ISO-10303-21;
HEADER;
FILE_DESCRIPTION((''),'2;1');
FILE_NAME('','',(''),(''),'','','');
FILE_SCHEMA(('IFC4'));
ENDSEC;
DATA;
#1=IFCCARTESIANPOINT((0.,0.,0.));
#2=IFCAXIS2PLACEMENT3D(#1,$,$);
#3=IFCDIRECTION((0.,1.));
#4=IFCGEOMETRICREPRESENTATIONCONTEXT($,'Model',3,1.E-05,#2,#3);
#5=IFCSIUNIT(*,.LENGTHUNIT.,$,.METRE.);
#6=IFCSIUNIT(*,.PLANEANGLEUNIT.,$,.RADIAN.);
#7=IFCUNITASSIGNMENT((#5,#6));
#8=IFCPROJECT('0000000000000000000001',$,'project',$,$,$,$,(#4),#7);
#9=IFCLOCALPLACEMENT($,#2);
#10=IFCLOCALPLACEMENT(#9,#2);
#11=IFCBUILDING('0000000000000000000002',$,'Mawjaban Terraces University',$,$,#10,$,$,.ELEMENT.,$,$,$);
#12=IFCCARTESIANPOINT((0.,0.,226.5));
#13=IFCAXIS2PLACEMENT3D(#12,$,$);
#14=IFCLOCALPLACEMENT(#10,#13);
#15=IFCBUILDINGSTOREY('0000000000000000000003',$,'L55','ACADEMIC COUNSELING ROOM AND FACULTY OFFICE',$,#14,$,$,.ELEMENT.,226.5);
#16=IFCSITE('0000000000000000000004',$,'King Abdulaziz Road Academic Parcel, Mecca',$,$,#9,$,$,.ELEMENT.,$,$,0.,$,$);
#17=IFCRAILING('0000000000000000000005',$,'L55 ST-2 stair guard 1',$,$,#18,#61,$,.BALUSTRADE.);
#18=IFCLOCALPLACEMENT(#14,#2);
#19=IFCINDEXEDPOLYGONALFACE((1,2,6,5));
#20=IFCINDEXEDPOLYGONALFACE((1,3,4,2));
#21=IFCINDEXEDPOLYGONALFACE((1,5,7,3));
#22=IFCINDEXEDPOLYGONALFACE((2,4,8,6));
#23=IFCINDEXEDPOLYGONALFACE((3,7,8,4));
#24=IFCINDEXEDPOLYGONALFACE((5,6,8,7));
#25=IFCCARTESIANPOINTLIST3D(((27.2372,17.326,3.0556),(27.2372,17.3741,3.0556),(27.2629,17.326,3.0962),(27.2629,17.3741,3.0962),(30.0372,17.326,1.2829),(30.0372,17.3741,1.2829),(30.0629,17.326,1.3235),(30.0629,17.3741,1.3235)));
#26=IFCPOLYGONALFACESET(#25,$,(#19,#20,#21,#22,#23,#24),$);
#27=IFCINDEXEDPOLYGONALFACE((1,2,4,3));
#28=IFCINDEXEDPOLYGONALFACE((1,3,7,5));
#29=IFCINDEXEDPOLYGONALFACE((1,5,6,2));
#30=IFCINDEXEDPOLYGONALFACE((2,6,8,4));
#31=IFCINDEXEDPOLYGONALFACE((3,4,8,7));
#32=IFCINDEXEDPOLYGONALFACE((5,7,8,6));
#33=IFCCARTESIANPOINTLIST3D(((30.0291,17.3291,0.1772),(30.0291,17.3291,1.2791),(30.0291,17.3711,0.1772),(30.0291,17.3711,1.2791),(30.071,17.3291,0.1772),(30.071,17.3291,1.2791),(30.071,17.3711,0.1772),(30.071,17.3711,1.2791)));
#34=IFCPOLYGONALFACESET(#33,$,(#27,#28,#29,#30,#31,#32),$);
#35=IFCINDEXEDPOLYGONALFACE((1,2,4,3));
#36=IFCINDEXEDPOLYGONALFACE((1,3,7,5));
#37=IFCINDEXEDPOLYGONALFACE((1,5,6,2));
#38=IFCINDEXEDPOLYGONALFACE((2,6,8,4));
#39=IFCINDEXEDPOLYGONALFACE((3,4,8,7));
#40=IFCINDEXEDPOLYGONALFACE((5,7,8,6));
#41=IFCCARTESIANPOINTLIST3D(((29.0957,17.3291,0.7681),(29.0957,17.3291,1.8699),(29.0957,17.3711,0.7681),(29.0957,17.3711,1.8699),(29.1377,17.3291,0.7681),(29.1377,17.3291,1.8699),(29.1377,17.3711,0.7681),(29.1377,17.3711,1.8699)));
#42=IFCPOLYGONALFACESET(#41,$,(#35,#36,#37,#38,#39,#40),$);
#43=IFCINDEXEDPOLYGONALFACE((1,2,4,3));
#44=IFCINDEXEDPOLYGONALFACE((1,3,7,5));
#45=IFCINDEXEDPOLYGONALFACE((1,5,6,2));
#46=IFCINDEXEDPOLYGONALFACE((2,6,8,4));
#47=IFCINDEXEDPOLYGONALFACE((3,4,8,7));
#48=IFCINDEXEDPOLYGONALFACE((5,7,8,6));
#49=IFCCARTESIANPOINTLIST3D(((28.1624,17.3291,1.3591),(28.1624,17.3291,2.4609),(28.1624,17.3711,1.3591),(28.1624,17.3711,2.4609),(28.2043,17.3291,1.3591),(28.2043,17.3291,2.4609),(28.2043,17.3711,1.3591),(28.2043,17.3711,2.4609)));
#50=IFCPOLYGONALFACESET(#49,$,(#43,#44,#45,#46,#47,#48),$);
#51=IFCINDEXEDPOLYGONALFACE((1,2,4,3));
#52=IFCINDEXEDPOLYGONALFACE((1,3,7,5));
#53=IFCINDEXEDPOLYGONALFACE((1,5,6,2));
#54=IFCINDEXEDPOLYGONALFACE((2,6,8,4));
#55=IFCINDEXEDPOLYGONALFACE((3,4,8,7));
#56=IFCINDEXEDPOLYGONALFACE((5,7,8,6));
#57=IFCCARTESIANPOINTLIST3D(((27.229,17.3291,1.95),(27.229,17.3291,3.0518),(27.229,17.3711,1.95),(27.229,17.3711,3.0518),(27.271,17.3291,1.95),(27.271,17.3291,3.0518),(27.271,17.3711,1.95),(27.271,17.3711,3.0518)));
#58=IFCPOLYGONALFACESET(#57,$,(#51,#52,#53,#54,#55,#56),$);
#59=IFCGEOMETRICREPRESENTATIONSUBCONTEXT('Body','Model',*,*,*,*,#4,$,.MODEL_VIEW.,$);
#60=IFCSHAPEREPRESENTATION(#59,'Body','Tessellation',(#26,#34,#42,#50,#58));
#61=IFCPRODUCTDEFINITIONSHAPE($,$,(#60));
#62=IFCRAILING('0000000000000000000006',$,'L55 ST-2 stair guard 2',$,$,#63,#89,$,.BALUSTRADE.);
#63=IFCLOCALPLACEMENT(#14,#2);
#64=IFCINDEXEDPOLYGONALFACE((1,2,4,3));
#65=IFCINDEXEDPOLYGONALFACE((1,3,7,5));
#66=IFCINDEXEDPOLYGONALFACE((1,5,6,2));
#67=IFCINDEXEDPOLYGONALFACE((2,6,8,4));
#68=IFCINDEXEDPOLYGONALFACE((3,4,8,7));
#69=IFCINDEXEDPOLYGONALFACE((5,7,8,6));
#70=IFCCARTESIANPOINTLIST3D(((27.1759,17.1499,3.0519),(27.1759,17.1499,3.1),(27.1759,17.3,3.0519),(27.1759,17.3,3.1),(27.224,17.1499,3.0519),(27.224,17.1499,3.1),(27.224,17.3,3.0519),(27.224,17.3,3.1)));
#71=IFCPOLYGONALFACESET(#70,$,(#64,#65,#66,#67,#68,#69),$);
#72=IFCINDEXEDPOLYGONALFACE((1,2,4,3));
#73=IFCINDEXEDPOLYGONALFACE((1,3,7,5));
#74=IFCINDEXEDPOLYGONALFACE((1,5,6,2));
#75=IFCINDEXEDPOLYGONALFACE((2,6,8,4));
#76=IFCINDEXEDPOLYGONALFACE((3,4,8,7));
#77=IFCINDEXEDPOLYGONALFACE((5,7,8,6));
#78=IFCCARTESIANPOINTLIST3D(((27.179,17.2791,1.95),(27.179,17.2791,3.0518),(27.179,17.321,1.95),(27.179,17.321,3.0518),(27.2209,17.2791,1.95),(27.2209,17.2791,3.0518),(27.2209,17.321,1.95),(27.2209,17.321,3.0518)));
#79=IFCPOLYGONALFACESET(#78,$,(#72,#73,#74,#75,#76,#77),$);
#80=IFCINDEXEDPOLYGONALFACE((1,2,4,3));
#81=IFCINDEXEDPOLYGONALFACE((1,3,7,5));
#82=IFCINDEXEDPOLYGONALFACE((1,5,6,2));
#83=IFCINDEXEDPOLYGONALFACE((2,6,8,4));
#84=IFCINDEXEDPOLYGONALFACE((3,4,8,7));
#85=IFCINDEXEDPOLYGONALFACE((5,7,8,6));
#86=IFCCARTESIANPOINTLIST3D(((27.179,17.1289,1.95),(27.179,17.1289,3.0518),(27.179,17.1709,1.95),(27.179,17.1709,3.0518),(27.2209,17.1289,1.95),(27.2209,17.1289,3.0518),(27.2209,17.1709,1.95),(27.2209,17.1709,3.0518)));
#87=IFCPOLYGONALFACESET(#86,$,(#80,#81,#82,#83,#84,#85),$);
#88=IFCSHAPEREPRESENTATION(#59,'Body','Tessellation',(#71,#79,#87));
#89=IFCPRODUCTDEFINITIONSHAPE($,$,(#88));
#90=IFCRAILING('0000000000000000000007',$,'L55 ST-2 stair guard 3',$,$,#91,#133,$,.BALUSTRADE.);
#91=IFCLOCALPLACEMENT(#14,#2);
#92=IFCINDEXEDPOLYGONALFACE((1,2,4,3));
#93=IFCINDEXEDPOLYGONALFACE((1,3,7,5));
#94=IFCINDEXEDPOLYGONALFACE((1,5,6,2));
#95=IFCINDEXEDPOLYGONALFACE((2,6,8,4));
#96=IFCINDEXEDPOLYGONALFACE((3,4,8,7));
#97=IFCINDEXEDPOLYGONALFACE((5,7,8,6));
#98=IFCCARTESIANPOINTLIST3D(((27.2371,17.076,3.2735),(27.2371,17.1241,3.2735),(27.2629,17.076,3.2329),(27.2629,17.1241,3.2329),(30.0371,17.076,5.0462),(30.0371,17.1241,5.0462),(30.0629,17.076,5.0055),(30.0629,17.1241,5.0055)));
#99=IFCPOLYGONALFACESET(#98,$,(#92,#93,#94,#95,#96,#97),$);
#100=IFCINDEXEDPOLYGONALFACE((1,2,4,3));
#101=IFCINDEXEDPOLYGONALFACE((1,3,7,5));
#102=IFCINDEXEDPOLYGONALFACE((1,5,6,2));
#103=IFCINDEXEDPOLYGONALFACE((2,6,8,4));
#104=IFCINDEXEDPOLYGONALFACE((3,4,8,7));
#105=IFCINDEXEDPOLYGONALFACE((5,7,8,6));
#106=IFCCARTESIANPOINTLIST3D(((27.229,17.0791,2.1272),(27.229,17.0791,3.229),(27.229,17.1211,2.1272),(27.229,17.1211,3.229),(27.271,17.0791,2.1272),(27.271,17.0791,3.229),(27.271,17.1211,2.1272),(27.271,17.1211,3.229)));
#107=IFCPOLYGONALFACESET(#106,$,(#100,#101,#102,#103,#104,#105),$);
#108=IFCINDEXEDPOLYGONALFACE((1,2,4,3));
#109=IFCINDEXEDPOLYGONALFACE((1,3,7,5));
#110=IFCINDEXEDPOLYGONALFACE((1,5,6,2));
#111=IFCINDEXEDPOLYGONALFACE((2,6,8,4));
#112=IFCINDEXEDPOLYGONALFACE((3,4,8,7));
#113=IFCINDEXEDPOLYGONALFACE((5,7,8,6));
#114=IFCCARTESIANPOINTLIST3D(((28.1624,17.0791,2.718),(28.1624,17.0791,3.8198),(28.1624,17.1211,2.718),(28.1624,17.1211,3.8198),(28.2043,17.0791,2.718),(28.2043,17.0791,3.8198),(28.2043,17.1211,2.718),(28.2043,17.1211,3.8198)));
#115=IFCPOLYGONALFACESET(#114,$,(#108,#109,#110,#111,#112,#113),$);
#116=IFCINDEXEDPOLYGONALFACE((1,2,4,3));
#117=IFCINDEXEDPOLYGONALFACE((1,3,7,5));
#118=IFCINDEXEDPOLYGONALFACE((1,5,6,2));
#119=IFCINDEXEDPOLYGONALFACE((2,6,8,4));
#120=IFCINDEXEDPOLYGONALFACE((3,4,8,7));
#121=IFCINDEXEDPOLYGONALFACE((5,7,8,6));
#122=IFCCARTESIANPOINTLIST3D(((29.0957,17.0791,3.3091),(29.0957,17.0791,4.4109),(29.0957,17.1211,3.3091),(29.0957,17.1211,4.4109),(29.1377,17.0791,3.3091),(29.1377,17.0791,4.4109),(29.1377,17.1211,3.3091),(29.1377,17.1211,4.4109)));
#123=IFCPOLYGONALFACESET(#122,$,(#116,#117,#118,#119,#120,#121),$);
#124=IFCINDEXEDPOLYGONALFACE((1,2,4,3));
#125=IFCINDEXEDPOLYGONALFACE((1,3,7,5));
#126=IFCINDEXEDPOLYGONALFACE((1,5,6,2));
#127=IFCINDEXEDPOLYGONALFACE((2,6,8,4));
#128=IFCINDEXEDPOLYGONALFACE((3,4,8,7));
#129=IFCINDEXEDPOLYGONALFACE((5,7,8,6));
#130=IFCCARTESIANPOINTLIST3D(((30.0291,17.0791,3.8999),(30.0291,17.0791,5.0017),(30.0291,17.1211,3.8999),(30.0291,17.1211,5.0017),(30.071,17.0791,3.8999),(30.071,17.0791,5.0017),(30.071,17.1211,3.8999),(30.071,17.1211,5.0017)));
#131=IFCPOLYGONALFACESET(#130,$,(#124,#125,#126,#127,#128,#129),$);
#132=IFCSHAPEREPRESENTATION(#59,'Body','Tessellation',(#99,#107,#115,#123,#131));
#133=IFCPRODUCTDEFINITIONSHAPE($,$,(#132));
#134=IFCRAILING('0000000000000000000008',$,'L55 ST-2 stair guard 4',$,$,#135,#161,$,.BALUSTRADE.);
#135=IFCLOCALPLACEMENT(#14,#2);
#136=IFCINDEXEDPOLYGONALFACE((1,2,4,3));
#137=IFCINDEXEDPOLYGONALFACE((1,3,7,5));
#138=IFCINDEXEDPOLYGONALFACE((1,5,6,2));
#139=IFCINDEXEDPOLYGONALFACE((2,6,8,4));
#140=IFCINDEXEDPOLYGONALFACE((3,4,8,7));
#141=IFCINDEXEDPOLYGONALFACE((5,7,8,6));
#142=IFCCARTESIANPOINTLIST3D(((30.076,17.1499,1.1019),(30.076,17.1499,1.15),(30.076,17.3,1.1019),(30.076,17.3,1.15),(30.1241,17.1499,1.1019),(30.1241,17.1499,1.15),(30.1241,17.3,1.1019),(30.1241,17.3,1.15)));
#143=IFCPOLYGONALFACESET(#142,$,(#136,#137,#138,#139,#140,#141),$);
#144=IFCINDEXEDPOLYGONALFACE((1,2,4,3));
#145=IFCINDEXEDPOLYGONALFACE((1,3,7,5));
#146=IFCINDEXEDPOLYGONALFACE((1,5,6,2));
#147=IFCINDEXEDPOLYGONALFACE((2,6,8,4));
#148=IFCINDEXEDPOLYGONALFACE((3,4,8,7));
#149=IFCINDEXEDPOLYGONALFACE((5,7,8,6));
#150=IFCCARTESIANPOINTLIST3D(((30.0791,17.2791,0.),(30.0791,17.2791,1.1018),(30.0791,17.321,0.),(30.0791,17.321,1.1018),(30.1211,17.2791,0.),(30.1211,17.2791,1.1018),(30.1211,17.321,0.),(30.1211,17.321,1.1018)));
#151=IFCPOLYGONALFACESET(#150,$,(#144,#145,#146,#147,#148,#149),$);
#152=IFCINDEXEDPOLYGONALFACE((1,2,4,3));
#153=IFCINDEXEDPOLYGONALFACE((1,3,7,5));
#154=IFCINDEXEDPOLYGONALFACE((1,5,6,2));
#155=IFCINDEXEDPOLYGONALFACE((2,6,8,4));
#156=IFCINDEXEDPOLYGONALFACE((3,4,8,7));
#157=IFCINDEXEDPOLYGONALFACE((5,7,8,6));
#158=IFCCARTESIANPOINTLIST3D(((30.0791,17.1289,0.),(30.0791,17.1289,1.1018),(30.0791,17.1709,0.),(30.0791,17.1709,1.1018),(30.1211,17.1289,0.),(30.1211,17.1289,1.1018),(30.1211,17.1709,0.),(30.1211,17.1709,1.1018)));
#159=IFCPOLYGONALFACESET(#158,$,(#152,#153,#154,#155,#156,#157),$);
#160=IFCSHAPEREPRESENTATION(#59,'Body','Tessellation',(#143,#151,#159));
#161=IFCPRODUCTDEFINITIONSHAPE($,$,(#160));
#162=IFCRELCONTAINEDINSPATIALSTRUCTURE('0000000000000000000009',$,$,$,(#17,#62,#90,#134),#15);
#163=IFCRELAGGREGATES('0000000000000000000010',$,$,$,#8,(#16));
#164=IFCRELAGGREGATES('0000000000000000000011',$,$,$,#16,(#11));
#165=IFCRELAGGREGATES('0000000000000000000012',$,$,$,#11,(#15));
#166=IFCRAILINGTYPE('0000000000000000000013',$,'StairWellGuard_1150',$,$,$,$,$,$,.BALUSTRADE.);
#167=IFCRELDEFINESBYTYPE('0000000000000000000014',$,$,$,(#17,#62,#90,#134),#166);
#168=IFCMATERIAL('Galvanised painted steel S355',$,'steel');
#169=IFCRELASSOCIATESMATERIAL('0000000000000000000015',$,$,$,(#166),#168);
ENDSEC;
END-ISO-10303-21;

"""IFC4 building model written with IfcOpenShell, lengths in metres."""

from ifc_helpers import new_model, si_unit, direction, frame, origin, origin_2d, place, context, subcontext, project, spatial, rectangle, extrude, material, type_object, element, save


model = new_model("IFC4")

# Units and contexts
model_context = context("Model", 3, precision=1e-05, world=origin(), true_north=direction((0.0, 1.0)))
body_context = subcontext(model_context, "Body", "Model", "MODEL_VIEW")
ifc_project = project(units=[si_unit("LENGTHUNIT", "METRE"), si_unit("PLANEANGLEUNIT", "RADIAN")], contexts=[model_context])

# Site, building, storey
site_placement = place(None, origin())
site = spatial("IfcSite", under=ifc_project, at=site_placement, Name="King Abdulaziz Road Academic Parcel, Mecca", CompositionType="ELEMENT", RefElevation=0.0)
building_placement = place(site_placement, origin())
building = spatial("IfcBuilding", under=site, at=building_placement, Name="Mawjaban Terraces University", CompositionType="ELEMENT")
storey_placement = place(building_placement, frame((0.0, 0.0, 226.5)))
storey = spatial("IfcBuildingStorey", under=building, at=storey_placement, Name="L55", Description="ACADEMIC COUNSELING ROOM AND FACULTY OFFICE", CompositionType="ELEMENT", Elevation=226.5)

# Railings
ifc_material_1 = material(Name="Galvanised painted steel S355", Category="steel")
railing_type_1 = type_object("IfcRailingType", Name="StairWellGuard_1150", PredefinedType="BALUSTRADE", material=ifc_material_1)
railing_1_placement = place(storey_placement, frame((30.05, 17.3501, 0.1772)))
element("IfcRailing", 1, at=railing_1_placement, inside=storey, type_object=railing_type_1, Name="L55 ST-2 stair guard 1", PredefinedType="BALUSTRADE", context=body_context, shape_type="SweptSolid", body=[
    extrude(rectangle(XDim=0.0481, YDim=0.0481, at=origin_2d()), frame((0.0, 0.0, 1.126), z_axis=(-0.844909, 0.0, 0.53491), x_axis=(0.0, -1.0, 0.0)), (0.0, 0.0, 1.0), 3.314),
    extrude(rectangle(XDim=0.042, YDim=0.042, at=origin_2d()), origin(), (0.0, 0.0, 1.0), 1.1018),
    extrude(rectangle(XDim=0.042, YDim=0.042, at=origin_2d()), frame((-0.9333, 0.0, 0.5908)), (0.0, 0.0, 1.0), 1.1018),
    extrude(rectangle(XDim=0.042, YDim=0.042, at=origin_2d()), frame((-1.8667, 0.0, 1.1819)), (0.0, 0.0, 1.0), 1.1018),
    extrude(rectangle(XDim=0.042, YDim=0.042, at=origin_2d()), frame((-2.8, 0.0, 1.7727)), (0.0, 0.0, 1.0), 1.1018),
])
railing_2_placement = place(storey_placement, frame((27.2, 17.3, 1.95)))
element("IfcRailing", 2, at=railing_2_placement, inside=storey, type_object=railing_type_1, Name="L55 ST-2 stair guard 2", PredefinedType="BALUSTRADE", context=body_context, shape_type="SweptSolid", body=[
    extrude(rectangle(XDim=0.0481, YDim=0.0481, at=origin_2d()), frame((0.0, 0.0, 1.126), z_axis=(0.0, -1.0, 0.0), x_axis=(1.0, 0.0, 0.0)), (0.0, 0.0, 1.0), 0.1501),
    extrude(rectangle(XDim=0.042, YDim=0.042, at=origin_2d()), origin(), (0.0, 0.0, 1.0), 1.1018),
    extrude(rectangle(XDim=0.042, YDim=0.042, at=origin_2d()), frame((0.0, -0.1501, 0.0)), (0.0, 0.0, 1.0), 1.1018),
])
railing_3_placement = place(storey_placement, frame((27.25, 17.1001, 2.1272)))
element("IfcRailing", 3, at=railing_3_placement, inside=storey, type_object=railing_type_1, Name="L55 ST-2 stair guard 3", PredefinedType="BALUSTRADE", context=body_context, shape_type="SweptSolid", body=[
    extrude(rectangle(XDim=0.0481, YDim=0.0481, at=origin_2d()), frame((0.0, 0.0, 1.126), z_axis=(0.844909, 0.0, 0.53491), x_axis=(0.0, 1.0, 0.0)), (0.0, 0.0, 1.0), 3.314),
    extrude(rectangle(XDim=0.042, YDim=0.042, at=origin_2d()), origin(), (0.0, 0.0, 1.0), 1.1018),
    extrude(rectangle(XDim=0.042, YDim=0.042, at=origin_2d()), frame((0.9333, 0.0, 0.5908)), (0.0, 0.0, 1.0), 1.1018),
    extrude(rectangle(XDim=0.042, YDim=0.042, at=origin_2d()), frame((1.8667, 0.0, 1.1819)), (0.0, 0.0, 1.0), 1.1018),
    extrude(rectangle(XDim=0.042, YDim=0.042, at=origin_2d()), frame((2.8, 0.0, 1.7727)), (0.0, 0.0, 1.0), 1.1018),
])
railing_4_placement = place(storey_placement, frame((30.1001, 17.3, 0.0)))
element("IfcRailing", 4, at=railing_4_placement, inside=storey, type_object=railing_type_1, Name="L55 ST-2 stair guard 4", PredefinedType="BALUSTRADE", context=body_context, shape_type="SweptSolid", body=[
    extrude(rectangle(XDim=0.0481, YDim=0.0481, at=origin_2d()), frame((0.0, 0.0, 1.126), z_axis=(0.0, -1.0, 0.0), x_axis=(1.0, 0.0, 0.0)), (0.0, 0.0, 1.0), 0.1501),
    extrude(rectangle(XDim=0.042, YDim=0.042, at=origin_2d()), origin(), (0.0, 0.0, 1.0), 1.1018),
    extrude(rectangle(XDim=0.042, YDim=0.042, at=origin_2d()), frame((0.0, -0.1501, 0.0)), (0.0, 0.0, 1.0), 1.1018),
])

save(model, "model.ifc")
